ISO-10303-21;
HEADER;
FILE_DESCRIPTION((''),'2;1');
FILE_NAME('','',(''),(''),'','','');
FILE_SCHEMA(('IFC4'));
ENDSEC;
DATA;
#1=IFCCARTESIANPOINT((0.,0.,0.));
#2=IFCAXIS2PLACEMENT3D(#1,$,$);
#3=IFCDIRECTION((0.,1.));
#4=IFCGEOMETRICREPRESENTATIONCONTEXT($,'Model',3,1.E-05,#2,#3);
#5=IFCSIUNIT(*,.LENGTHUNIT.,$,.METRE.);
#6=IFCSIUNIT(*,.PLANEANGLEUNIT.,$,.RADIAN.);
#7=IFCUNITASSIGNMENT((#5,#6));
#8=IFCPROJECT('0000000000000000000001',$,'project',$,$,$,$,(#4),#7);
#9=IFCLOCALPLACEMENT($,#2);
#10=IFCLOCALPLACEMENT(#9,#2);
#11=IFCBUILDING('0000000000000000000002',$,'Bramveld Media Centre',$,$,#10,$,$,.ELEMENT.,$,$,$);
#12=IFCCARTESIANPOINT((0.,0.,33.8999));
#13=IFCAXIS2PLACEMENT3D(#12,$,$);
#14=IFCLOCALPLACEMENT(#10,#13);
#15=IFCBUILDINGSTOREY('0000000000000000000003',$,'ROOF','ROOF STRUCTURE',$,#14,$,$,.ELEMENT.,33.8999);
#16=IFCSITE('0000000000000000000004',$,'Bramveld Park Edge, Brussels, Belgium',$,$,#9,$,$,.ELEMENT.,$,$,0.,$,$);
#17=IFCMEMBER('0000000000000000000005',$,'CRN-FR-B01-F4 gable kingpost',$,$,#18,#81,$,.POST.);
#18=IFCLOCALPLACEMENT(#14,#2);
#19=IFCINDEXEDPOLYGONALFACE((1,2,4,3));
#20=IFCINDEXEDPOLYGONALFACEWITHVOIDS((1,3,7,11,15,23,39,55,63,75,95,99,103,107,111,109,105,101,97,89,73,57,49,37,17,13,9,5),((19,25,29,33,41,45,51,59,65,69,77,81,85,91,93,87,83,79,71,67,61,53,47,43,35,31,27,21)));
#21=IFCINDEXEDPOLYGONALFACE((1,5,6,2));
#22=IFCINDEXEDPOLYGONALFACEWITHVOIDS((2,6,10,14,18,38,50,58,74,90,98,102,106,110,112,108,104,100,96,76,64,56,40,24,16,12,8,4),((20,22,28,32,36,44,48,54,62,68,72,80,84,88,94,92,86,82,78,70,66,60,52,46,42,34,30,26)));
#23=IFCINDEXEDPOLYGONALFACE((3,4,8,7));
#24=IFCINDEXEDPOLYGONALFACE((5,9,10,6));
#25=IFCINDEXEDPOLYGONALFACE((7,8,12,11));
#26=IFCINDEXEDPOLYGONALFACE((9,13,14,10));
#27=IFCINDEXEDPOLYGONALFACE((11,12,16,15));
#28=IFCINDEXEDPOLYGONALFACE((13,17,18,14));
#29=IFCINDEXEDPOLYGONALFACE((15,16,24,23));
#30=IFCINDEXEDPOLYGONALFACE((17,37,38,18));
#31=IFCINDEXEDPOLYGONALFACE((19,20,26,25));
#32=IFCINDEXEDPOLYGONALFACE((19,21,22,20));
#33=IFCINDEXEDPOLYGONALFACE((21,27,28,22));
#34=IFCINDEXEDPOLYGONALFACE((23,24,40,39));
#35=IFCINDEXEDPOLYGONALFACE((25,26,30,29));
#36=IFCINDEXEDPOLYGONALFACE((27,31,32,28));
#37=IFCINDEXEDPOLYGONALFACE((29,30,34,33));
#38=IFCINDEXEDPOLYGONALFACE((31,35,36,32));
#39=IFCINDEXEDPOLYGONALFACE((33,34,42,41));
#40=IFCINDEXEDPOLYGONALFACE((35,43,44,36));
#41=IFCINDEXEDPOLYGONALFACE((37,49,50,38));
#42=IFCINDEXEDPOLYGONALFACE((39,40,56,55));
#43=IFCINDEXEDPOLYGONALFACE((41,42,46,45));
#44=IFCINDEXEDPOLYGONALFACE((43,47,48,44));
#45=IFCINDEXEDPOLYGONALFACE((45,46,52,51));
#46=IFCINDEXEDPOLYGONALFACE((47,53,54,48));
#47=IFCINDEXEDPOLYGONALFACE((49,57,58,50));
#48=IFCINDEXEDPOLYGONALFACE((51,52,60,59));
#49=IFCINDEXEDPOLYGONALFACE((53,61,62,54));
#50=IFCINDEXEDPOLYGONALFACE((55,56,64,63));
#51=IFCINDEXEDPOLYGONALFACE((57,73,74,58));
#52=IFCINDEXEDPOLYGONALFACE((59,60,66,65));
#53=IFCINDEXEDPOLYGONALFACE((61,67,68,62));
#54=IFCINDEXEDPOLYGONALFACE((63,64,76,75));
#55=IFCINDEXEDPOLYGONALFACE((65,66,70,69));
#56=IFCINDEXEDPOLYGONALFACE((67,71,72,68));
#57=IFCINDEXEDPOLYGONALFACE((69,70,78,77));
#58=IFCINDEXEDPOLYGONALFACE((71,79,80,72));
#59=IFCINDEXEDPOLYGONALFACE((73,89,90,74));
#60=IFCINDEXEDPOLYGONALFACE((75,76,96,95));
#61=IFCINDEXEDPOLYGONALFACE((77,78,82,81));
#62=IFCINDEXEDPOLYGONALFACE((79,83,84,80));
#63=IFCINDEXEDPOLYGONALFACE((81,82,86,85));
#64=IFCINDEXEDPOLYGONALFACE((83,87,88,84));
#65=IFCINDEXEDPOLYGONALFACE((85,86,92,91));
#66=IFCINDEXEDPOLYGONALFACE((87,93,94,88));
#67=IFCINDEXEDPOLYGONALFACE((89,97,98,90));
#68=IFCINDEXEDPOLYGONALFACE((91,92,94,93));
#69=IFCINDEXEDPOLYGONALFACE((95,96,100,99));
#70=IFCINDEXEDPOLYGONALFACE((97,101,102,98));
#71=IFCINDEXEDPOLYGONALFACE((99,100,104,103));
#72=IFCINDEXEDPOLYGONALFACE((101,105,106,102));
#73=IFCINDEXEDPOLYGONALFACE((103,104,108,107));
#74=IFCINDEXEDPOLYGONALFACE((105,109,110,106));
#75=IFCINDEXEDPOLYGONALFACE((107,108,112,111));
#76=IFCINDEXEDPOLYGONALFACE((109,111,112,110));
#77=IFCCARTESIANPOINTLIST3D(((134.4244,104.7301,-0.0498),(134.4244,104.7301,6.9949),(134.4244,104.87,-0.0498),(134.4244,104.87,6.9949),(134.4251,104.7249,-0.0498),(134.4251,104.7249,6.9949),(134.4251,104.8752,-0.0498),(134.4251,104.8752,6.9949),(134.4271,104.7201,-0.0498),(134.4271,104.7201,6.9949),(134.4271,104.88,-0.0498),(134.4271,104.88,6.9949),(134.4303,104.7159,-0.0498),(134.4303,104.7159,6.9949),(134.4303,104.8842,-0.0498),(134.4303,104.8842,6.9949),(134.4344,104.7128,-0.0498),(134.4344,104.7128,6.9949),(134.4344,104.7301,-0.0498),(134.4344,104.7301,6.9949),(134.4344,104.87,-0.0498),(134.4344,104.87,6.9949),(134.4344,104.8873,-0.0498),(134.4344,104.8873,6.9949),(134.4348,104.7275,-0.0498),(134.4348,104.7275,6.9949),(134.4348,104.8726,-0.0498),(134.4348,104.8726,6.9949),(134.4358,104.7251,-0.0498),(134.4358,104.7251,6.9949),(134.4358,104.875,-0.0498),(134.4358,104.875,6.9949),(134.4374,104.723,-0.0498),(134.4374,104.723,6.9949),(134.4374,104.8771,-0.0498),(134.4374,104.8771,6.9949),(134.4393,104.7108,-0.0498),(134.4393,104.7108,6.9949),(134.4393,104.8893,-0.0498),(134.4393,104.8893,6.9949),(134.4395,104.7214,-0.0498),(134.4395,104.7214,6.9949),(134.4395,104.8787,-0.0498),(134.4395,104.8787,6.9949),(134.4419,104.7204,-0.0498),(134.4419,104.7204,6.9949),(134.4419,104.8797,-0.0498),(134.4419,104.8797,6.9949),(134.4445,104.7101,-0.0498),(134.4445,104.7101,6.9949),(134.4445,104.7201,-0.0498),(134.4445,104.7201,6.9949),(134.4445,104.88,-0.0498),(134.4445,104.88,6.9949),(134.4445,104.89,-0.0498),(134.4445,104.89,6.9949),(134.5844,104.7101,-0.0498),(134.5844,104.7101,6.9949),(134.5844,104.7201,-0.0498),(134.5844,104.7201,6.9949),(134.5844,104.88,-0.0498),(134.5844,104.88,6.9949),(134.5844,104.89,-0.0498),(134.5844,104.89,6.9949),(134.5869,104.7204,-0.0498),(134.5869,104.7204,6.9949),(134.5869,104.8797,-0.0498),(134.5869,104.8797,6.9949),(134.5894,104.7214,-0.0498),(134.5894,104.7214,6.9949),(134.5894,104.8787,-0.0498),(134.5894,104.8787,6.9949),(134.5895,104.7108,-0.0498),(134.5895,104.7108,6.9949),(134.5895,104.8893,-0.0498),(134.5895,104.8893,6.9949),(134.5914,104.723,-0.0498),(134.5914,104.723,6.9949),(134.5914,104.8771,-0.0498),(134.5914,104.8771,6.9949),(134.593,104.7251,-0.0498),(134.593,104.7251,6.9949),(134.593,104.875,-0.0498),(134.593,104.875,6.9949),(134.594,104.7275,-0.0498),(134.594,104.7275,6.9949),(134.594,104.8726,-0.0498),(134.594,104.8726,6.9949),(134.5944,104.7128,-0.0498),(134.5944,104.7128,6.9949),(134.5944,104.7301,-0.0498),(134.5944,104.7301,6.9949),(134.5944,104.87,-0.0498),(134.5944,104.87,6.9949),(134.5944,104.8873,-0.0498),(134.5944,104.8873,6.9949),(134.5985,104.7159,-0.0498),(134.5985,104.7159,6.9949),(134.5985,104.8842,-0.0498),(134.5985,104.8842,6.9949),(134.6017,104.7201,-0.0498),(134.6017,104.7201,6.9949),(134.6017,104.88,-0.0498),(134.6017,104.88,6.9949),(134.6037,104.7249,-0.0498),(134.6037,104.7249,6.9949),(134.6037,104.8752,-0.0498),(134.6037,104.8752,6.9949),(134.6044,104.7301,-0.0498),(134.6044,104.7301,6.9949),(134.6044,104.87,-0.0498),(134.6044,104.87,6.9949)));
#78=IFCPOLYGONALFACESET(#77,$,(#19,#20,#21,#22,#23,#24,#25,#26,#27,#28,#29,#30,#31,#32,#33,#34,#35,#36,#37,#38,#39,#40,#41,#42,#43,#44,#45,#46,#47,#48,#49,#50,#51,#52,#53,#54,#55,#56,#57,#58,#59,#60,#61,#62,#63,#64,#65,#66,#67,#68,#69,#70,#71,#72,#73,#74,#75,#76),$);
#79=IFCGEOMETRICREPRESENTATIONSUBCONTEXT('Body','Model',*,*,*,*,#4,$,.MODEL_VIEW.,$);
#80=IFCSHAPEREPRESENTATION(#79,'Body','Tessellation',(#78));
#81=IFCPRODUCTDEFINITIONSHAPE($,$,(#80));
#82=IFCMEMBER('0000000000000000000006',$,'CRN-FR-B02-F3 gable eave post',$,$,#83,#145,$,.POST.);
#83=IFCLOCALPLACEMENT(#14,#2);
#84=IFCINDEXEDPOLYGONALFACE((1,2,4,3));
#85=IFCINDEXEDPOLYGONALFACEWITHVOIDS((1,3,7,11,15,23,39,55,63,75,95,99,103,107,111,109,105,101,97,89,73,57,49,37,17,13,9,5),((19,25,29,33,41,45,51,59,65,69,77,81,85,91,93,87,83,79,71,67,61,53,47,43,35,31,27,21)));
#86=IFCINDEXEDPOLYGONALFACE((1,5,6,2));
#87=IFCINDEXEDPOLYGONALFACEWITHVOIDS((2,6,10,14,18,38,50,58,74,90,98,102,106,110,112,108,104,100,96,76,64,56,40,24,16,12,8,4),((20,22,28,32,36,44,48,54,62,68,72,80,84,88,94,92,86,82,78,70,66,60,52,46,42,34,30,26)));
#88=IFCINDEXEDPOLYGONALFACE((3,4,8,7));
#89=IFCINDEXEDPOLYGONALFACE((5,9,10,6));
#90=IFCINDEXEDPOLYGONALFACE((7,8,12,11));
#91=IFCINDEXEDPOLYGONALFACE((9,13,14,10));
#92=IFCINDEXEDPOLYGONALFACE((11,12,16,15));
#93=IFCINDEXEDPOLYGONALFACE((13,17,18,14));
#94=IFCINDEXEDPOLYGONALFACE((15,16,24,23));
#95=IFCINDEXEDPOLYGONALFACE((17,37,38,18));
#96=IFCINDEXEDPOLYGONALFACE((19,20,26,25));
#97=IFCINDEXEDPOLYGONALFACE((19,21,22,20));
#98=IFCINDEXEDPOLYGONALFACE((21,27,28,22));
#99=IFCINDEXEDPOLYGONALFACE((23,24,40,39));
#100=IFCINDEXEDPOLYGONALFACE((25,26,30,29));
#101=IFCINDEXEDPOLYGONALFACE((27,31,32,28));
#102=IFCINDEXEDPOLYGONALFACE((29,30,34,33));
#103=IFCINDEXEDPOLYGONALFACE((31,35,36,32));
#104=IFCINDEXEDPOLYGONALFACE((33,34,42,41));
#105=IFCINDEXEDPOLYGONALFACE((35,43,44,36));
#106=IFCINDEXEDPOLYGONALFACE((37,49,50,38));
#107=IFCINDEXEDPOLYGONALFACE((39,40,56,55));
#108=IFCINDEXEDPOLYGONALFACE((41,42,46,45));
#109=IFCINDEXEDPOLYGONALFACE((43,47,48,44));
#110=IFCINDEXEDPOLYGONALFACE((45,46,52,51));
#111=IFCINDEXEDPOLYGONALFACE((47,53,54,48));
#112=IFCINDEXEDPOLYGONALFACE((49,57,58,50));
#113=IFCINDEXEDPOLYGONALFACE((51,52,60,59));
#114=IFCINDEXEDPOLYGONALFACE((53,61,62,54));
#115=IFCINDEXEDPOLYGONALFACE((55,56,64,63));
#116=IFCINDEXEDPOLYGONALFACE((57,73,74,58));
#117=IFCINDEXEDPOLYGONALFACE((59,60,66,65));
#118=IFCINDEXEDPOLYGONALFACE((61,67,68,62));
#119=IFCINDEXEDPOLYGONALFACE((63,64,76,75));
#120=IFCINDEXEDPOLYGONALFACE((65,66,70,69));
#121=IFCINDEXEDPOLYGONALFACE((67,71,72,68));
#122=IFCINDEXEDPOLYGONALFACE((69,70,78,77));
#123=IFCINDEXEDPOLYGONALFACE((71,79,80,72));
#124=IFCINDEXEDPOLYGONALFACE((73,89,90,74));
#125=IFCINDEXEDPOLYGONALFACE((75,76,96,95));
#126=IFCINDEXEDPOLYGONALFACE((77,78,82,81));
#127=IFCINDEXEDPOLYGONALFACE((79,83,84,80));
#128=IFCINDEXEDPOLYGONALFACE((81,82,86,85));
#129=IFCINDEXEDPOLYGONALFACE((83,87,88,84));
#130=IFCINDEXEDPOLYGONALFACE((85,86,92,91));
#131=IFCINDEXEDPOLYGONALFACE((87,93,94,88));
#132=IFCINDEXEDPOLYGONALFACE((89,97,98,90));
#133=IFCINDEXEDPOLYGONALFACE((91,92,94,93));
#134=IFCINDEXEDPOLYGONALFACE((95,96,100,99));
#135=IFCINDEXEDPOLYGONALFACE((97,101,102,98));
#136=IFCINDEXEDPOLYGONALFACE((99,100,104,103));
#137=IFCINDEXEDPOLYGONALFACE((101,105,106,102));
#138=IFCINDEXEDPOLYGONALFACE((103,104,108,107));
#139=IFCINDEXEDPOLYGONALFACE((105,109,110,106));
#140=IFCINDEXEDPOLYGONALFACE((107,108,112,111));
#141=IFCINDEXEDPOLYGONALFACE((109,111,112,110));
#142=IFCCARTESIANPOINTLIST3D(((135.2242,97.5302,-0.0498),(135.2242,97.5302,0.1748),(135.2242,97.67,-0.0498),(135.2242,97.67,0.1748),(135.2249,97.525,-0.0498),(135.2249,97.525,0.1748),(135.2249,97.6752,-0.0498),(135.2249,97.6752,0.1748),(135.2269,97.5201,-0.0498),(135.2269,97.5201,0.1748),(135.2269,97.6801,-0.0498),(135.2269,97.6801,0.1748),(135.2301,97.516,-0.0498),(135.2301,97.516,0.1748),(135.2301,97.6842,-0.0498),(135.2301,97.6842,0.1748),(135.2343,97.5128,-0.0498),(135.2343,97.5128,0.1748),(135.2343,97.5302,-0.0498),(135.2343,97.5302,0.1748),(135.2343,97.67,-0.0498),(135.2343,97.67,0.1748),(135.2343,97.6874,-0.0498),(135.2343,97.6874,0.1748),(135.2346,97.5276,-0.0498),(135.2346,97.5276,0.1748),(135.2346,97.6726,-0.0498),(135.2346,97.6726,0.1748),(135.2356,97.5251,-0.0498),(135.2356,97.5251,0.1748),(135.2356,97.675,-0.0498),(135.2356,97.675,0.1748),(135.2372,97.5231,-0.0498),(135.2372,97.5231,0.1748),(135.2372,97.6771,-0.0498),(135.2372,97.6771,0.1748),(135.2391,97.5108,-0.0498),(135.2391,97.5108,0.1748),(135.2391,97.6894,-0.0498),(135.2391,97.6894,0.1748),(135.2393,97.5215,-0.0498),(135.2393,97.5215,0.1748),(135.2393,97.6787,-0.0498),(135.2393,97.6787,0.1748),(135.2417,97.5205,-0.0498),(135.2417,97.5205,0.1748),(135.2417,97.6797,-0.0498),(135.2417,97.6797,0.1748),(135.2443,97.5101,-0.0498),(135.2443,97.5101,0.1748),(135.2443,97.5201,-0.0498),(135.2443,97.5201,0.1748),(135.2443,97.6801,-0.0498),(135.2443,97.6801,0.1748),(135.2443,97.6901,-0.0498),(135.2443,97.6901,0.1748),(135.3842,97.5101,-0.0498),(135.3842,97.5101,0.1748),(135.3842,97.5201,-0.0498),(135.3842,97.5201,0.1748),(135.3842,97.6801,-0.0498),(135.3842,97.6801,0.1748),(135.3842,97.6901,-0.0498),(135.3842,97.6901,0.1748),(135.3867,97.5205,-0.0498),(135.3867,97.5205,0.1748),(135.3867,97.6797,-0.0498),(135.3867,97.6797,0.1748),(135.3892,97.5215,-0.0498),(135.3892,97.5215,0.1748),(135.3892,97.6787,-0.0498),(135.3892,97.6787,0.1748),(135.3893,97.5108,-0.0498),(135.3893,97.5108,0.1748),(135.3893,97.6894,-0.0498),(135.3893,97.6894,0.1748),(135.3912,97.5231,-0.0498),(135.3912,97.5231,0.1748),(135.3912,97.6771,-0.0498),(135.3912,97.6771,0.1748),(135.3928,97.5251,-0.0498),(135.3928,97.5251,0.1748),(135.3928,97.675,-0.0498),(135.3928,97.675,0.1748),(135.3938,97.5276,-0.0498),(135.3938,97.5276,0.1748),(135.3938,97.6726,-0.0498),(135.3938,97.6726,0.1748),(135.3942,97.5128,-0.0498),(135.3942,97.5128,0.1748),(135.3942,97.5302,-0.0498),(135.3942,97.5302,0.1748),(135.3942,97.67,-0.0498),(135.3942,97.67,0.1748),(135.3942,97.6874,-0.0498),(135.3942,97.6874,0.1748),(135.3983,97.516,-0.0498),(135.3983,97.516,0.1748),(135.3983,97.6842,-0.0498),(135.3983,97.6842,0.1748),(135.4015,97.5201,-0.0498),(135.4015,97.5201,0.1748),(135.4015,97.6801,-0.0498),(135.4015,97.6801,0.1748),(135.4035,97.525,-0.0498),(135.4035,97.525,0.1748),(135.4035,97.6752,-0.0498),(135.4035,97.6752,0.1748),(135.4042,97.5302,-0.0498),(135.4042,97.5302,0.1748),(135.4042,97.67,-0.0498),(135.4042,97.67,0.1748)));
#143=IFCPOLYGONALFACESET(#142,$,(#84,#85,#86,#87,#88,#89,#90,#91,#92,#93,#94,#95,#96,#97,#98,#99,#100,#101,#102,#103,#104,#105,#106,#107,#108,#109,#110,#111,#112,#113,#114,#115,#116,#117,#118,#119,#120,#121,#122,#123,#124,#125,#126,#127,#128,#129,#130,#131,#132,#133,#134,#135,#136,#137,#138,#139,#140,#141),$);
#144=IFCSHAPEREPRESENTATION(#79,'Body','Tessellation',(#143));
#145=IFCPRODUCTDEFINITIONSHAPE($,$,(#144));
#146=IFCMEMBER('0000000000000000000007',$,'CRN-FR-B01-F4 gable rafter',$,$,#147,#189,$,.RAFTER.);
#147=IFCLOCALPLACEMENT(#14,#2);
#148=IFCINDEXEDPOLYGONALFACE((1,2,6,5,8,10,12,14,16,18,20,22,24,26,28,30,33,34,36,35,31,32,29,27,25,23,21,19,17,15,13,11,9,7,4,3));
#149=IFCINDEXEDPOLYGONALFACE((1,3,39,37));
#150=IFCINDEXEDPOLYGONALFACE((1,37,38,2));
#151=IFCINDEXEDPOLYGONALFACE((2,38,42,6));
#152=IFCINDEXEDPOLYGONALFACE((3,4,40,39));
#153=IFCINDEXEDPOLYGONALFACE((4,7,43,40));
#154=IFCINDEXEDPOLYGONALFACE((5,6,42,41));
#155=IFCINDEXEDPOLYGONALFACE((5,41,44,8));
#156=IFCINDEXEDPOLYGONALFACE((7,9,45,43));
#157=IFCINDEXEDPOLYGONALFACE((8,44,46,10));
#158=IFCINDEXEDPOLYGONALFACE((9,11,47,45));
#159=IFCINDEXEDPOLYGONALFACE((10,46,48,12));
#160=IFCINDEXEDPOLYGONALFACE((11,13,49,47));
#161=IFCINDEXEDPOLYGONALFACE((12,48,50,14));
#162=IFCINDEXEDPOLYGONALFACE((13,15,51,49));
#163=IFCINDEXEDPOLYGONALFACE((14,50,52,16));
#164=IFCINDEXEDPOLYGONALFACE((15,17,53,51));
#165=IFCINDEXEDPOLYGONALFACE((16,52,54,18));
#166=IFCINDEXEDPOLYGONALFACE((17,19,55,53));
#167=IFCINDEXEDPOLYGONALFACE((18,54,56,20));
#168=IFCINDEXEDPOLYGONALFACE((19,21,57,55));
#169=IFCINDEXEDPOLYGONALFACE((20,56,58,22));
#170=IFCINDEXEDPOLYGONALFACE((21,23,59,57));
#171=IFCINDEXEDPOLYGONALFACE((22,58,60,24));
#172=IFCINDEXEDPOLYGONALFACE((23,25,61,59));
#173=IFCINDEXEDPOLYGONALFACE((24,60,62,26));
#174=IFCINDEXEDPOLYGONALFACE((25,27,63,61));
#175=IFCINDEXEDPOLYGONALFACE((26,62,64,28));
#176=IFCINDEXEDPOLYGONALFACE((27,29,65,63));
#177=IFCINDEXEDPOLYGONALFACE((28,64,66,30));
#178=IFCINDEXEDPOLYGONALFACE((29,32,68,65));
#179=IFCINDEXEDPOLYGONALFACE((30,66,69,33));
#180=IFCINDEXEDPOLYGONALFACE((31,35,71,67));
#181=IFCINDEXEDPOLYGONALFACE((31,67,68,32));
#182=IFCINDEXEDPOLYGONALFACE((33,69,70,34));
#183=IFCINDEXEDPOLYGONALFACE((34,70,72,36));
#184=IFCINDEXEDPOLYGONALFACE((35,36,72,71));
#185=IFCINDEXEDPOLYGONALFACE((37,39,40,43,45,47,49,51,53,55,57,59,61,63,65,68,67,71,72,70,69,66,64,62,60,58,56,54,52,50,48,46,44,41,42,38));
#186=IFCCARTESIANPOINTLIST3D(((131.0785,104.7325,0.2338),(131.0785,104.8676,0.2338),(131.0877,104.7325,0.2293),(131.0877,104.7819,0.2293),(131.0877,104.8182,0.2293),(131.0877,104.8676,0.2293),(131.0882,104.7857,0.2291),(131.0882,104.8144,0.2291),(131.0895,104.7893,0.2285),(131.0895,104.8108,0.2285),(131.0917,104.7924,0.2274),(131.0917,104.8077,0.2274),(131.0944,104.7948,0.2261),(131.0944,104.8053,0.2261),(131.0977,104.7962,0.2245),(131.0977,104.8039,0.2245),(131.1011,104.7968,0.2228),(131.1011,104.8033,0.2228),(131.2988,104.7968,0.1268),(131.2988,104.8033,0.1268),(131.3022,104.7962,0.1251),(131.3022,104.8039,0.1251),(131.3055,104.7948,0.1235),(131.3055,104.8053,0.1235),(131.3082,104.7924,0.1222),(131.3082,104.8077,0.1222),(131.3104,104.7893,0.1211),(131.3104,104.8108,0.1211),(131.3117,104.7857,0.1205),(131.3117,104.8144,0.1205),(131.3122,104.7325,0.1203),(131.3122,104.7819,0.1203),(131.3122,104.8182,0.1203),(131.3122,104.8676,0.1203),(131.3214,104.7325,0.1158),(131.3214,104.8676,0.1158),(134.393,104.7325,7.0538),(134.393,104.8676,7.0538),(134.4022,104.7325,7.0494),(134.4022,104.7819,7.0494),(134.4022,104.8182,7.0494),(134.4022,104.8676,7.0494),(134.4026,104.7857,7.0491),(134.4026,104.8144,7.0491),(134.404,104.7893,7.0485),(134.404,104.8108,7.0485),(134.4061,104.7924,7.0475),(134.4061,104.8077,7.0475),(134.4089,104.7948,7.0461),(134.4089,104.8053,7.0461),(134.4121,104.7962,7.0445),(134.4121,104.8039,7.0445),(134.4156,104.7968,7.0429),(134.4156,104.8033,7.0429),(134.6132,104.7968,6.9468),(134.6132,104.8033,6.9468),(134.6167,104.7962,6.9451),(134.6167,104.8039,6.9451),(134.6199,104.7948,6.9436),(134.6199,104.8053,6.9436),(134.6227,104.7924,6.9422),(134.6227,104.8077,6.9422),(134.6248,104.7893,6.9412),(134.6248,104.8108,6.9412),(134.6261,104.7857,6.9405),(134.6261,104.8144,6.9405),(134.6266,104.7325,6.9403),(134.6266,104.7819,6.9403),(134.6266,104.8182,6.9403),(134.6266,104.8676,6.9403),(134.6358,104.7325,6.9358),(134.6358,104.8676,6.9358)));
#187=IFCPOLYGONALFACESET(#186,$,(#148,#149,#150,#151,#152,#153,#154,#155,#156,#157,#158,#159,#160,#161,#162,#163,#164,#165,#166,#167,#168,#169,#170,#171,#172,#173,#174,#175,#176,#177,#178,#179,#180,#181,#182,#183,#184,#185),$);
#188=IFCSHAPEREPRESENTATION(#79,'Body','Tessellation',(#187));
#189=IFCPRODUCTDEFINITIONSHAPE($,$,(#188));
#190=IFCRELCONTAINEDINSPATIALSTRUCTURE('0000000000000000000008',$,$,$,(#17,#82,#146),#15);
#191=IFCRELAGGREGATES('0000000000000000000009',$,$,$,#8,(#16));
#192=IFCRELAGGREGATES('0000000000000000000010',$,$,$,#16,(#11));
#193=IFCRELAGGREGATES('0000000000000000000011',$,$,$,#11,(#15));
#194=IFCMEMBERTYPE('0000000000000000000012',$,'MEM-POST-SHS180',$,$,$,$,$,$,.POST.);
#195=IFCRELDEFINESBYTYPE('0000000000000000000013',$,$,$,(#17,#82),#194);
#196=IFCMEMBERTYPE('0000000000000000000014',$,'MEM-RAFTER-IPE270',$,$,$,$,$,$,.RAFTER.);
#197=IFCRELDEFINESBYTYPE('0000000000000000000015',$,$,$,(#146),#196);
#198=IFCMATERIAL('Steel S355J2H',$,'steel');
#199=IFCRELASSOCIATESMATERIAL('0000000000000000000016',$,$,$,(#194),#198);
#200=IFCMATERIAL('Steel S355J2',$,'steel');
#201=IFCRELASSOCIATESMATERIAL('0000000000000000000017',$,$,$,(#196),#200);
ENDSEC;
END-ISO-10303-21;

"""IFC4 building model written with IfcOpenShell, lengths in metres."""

from ifc_helpers import new_model, si_unit, direction, frame, origin, origin_2d, place, context, subcontext, project, spatial, hollow_rectangle, i_section, extrude, material, material_profile, profile_set, type_object, element, save


model = new_model("IFC4")

# Units and contexts
model_context = context("Model", 3, precision=1e-05, world=origin(), true_north=direction((0.0, 1.0)))
body_context = subcontext(model_context, "Body", "Model", "MODEL_VIEW")
ifc_project = project(units=[si_unit("LENGTHUNIT", "METRE"), si_unit("PLANEANGLEUNIT", "RADIAN")], contexts=[model_context])

# Site, building, storey
site_placement = place(None, origin())
site = spatial("IfcSite", under=ifc_project, at=site_placement, Name="Bramveld Park Edge, Brussels, Belgium", CompositionType="ELEMENT", RefElevation=0.0)
building_placement = place(site_placement, origin())
building = spatial("IfcBuilding", under=site, at=building_placement, Name="Bramveld Media Centre", CompositionType="ELEMENT")
storey_placement = place(building_placement, frame((0.0, 0.0, 33.8999)))
storey = spatial("IfcBuildingStorey", under=building, at=storey_placement, Name="ROOF", Description="ROOF STRUCTURE", CompositionType="ELEMENT", Elevation=33.8999)

# Members
ifc_material_1 = material(Name="Steel S355J2H", Category="steel")
ifc_material_profile_1 = material_profile(ifc_material_1, hollow_rectangle(XDim=0.1799, YDim=0.1799, WallThickness=0.01, InnerFilletRadius=0.01, OuterFilletRadius=0.02, at=origin_2d()), Name="SHS 180x180x10")
ifc_profile_set_1 = profile_set([ifc_material_profile_1], Name="Steel S355J2H")
member_type_1 = type_object("IfcMemberType", Name="MEM-POST-SHS180", PredefinedType="POST", material=ifc_profile_set_1)
member_1_placement = place(storey_placement, frame((134.5144, 104.8, -0.0498), z_axis=(0.0, 0.0, 1.0), x_axis=(1.0, 0.0, 0.0)))
element("IfcMember", 1, at=member_1_placement, inside=storey, type_object=member_type_1, Name="CRN-FR-B01-F4 gable kingpost", PredefinedType="POST", context=body_context, shape_type="SweptSolid", body=[
    extrude(hollow_rectangle(XDim=0.1799, YDim=0.1799, WallThickness=0.01, InnerFilletRadius=0.01, OuterFilletRadius=0.02, at=origin_2d()), origin(), (0.0, 0.0, 1.0), 7.0447),
])
member_2_placement = place(storey_placement, frame((135.3142, 97.6001, -0.0498), z_axis=(0.0, 0.0, 1.0), x_axis=(1.0, 0.0, 0.0)))
element("IfcMember", 2, at=member_2_placement, inside=storey, type_object=member_type_1, Name="CRN-FR-B02-F3 gable eave post", PredefinedType="POST", context=body_context, shape_type="SweptSolid", body=[
    extrude(hollow_rectangle(XDim=0.1799, YDim=0.1799, WallThickness=0.01, InnerFilletRadius=0.01, OuterFilletRadius=0.02, at=origin_2d()), origin(), (0.0, 0.0, 1.0), 0.2246),
])
ifc_material_2 = material(Name="Steel S355J2", Category="steel")
ifc_material_profile_2 = material_profile(ifc_material_2, i_section(OverallWidth=0.135, OverallDepth=0.27, WebThickness=0.0066, FlangeThickness=0.0103, FilletRadius=0.0149, at=origin_2d()), Name="IPE 270")
ifc_profile_set_2 = profile_set([ifc_material_profile_2], Name="Steel S355J2")
member_type_2 = type_object("IfcMemberType", Name="MEM-RAFTER-IPE270", PredefinedType="RAFTER", material=ifc_profile_set_2)
for number, where, z_axis, x_axis, name in (
    (3, (131.2, 104.8, 0.1748), (0.437101, 0.0, 0.899412), (0.0, 1.0, 0.0), "CRN-FR-B01-F4 gable rafter"),
):
    element("IfcMember", number, at=place(storey_placement, frame(where, z_axis=z_axis, x_axis=x_axis)), inside=storey, type_object=member_type_2, Name=name, PredefinedType="RAFTER", context=body_context, shape_type="SweptSolid", body=[
        extrude(i_section(OverallWidth=0.135, OverallDepth=0.27, WebThickness=0.0066, FlangeThickness=0.0103, FilletRadius=0.0149, at=origin_2d()), origin(), (0.0, 0.0, 1.0), 7.5828),
    ])

save(model, "model.ifc")
